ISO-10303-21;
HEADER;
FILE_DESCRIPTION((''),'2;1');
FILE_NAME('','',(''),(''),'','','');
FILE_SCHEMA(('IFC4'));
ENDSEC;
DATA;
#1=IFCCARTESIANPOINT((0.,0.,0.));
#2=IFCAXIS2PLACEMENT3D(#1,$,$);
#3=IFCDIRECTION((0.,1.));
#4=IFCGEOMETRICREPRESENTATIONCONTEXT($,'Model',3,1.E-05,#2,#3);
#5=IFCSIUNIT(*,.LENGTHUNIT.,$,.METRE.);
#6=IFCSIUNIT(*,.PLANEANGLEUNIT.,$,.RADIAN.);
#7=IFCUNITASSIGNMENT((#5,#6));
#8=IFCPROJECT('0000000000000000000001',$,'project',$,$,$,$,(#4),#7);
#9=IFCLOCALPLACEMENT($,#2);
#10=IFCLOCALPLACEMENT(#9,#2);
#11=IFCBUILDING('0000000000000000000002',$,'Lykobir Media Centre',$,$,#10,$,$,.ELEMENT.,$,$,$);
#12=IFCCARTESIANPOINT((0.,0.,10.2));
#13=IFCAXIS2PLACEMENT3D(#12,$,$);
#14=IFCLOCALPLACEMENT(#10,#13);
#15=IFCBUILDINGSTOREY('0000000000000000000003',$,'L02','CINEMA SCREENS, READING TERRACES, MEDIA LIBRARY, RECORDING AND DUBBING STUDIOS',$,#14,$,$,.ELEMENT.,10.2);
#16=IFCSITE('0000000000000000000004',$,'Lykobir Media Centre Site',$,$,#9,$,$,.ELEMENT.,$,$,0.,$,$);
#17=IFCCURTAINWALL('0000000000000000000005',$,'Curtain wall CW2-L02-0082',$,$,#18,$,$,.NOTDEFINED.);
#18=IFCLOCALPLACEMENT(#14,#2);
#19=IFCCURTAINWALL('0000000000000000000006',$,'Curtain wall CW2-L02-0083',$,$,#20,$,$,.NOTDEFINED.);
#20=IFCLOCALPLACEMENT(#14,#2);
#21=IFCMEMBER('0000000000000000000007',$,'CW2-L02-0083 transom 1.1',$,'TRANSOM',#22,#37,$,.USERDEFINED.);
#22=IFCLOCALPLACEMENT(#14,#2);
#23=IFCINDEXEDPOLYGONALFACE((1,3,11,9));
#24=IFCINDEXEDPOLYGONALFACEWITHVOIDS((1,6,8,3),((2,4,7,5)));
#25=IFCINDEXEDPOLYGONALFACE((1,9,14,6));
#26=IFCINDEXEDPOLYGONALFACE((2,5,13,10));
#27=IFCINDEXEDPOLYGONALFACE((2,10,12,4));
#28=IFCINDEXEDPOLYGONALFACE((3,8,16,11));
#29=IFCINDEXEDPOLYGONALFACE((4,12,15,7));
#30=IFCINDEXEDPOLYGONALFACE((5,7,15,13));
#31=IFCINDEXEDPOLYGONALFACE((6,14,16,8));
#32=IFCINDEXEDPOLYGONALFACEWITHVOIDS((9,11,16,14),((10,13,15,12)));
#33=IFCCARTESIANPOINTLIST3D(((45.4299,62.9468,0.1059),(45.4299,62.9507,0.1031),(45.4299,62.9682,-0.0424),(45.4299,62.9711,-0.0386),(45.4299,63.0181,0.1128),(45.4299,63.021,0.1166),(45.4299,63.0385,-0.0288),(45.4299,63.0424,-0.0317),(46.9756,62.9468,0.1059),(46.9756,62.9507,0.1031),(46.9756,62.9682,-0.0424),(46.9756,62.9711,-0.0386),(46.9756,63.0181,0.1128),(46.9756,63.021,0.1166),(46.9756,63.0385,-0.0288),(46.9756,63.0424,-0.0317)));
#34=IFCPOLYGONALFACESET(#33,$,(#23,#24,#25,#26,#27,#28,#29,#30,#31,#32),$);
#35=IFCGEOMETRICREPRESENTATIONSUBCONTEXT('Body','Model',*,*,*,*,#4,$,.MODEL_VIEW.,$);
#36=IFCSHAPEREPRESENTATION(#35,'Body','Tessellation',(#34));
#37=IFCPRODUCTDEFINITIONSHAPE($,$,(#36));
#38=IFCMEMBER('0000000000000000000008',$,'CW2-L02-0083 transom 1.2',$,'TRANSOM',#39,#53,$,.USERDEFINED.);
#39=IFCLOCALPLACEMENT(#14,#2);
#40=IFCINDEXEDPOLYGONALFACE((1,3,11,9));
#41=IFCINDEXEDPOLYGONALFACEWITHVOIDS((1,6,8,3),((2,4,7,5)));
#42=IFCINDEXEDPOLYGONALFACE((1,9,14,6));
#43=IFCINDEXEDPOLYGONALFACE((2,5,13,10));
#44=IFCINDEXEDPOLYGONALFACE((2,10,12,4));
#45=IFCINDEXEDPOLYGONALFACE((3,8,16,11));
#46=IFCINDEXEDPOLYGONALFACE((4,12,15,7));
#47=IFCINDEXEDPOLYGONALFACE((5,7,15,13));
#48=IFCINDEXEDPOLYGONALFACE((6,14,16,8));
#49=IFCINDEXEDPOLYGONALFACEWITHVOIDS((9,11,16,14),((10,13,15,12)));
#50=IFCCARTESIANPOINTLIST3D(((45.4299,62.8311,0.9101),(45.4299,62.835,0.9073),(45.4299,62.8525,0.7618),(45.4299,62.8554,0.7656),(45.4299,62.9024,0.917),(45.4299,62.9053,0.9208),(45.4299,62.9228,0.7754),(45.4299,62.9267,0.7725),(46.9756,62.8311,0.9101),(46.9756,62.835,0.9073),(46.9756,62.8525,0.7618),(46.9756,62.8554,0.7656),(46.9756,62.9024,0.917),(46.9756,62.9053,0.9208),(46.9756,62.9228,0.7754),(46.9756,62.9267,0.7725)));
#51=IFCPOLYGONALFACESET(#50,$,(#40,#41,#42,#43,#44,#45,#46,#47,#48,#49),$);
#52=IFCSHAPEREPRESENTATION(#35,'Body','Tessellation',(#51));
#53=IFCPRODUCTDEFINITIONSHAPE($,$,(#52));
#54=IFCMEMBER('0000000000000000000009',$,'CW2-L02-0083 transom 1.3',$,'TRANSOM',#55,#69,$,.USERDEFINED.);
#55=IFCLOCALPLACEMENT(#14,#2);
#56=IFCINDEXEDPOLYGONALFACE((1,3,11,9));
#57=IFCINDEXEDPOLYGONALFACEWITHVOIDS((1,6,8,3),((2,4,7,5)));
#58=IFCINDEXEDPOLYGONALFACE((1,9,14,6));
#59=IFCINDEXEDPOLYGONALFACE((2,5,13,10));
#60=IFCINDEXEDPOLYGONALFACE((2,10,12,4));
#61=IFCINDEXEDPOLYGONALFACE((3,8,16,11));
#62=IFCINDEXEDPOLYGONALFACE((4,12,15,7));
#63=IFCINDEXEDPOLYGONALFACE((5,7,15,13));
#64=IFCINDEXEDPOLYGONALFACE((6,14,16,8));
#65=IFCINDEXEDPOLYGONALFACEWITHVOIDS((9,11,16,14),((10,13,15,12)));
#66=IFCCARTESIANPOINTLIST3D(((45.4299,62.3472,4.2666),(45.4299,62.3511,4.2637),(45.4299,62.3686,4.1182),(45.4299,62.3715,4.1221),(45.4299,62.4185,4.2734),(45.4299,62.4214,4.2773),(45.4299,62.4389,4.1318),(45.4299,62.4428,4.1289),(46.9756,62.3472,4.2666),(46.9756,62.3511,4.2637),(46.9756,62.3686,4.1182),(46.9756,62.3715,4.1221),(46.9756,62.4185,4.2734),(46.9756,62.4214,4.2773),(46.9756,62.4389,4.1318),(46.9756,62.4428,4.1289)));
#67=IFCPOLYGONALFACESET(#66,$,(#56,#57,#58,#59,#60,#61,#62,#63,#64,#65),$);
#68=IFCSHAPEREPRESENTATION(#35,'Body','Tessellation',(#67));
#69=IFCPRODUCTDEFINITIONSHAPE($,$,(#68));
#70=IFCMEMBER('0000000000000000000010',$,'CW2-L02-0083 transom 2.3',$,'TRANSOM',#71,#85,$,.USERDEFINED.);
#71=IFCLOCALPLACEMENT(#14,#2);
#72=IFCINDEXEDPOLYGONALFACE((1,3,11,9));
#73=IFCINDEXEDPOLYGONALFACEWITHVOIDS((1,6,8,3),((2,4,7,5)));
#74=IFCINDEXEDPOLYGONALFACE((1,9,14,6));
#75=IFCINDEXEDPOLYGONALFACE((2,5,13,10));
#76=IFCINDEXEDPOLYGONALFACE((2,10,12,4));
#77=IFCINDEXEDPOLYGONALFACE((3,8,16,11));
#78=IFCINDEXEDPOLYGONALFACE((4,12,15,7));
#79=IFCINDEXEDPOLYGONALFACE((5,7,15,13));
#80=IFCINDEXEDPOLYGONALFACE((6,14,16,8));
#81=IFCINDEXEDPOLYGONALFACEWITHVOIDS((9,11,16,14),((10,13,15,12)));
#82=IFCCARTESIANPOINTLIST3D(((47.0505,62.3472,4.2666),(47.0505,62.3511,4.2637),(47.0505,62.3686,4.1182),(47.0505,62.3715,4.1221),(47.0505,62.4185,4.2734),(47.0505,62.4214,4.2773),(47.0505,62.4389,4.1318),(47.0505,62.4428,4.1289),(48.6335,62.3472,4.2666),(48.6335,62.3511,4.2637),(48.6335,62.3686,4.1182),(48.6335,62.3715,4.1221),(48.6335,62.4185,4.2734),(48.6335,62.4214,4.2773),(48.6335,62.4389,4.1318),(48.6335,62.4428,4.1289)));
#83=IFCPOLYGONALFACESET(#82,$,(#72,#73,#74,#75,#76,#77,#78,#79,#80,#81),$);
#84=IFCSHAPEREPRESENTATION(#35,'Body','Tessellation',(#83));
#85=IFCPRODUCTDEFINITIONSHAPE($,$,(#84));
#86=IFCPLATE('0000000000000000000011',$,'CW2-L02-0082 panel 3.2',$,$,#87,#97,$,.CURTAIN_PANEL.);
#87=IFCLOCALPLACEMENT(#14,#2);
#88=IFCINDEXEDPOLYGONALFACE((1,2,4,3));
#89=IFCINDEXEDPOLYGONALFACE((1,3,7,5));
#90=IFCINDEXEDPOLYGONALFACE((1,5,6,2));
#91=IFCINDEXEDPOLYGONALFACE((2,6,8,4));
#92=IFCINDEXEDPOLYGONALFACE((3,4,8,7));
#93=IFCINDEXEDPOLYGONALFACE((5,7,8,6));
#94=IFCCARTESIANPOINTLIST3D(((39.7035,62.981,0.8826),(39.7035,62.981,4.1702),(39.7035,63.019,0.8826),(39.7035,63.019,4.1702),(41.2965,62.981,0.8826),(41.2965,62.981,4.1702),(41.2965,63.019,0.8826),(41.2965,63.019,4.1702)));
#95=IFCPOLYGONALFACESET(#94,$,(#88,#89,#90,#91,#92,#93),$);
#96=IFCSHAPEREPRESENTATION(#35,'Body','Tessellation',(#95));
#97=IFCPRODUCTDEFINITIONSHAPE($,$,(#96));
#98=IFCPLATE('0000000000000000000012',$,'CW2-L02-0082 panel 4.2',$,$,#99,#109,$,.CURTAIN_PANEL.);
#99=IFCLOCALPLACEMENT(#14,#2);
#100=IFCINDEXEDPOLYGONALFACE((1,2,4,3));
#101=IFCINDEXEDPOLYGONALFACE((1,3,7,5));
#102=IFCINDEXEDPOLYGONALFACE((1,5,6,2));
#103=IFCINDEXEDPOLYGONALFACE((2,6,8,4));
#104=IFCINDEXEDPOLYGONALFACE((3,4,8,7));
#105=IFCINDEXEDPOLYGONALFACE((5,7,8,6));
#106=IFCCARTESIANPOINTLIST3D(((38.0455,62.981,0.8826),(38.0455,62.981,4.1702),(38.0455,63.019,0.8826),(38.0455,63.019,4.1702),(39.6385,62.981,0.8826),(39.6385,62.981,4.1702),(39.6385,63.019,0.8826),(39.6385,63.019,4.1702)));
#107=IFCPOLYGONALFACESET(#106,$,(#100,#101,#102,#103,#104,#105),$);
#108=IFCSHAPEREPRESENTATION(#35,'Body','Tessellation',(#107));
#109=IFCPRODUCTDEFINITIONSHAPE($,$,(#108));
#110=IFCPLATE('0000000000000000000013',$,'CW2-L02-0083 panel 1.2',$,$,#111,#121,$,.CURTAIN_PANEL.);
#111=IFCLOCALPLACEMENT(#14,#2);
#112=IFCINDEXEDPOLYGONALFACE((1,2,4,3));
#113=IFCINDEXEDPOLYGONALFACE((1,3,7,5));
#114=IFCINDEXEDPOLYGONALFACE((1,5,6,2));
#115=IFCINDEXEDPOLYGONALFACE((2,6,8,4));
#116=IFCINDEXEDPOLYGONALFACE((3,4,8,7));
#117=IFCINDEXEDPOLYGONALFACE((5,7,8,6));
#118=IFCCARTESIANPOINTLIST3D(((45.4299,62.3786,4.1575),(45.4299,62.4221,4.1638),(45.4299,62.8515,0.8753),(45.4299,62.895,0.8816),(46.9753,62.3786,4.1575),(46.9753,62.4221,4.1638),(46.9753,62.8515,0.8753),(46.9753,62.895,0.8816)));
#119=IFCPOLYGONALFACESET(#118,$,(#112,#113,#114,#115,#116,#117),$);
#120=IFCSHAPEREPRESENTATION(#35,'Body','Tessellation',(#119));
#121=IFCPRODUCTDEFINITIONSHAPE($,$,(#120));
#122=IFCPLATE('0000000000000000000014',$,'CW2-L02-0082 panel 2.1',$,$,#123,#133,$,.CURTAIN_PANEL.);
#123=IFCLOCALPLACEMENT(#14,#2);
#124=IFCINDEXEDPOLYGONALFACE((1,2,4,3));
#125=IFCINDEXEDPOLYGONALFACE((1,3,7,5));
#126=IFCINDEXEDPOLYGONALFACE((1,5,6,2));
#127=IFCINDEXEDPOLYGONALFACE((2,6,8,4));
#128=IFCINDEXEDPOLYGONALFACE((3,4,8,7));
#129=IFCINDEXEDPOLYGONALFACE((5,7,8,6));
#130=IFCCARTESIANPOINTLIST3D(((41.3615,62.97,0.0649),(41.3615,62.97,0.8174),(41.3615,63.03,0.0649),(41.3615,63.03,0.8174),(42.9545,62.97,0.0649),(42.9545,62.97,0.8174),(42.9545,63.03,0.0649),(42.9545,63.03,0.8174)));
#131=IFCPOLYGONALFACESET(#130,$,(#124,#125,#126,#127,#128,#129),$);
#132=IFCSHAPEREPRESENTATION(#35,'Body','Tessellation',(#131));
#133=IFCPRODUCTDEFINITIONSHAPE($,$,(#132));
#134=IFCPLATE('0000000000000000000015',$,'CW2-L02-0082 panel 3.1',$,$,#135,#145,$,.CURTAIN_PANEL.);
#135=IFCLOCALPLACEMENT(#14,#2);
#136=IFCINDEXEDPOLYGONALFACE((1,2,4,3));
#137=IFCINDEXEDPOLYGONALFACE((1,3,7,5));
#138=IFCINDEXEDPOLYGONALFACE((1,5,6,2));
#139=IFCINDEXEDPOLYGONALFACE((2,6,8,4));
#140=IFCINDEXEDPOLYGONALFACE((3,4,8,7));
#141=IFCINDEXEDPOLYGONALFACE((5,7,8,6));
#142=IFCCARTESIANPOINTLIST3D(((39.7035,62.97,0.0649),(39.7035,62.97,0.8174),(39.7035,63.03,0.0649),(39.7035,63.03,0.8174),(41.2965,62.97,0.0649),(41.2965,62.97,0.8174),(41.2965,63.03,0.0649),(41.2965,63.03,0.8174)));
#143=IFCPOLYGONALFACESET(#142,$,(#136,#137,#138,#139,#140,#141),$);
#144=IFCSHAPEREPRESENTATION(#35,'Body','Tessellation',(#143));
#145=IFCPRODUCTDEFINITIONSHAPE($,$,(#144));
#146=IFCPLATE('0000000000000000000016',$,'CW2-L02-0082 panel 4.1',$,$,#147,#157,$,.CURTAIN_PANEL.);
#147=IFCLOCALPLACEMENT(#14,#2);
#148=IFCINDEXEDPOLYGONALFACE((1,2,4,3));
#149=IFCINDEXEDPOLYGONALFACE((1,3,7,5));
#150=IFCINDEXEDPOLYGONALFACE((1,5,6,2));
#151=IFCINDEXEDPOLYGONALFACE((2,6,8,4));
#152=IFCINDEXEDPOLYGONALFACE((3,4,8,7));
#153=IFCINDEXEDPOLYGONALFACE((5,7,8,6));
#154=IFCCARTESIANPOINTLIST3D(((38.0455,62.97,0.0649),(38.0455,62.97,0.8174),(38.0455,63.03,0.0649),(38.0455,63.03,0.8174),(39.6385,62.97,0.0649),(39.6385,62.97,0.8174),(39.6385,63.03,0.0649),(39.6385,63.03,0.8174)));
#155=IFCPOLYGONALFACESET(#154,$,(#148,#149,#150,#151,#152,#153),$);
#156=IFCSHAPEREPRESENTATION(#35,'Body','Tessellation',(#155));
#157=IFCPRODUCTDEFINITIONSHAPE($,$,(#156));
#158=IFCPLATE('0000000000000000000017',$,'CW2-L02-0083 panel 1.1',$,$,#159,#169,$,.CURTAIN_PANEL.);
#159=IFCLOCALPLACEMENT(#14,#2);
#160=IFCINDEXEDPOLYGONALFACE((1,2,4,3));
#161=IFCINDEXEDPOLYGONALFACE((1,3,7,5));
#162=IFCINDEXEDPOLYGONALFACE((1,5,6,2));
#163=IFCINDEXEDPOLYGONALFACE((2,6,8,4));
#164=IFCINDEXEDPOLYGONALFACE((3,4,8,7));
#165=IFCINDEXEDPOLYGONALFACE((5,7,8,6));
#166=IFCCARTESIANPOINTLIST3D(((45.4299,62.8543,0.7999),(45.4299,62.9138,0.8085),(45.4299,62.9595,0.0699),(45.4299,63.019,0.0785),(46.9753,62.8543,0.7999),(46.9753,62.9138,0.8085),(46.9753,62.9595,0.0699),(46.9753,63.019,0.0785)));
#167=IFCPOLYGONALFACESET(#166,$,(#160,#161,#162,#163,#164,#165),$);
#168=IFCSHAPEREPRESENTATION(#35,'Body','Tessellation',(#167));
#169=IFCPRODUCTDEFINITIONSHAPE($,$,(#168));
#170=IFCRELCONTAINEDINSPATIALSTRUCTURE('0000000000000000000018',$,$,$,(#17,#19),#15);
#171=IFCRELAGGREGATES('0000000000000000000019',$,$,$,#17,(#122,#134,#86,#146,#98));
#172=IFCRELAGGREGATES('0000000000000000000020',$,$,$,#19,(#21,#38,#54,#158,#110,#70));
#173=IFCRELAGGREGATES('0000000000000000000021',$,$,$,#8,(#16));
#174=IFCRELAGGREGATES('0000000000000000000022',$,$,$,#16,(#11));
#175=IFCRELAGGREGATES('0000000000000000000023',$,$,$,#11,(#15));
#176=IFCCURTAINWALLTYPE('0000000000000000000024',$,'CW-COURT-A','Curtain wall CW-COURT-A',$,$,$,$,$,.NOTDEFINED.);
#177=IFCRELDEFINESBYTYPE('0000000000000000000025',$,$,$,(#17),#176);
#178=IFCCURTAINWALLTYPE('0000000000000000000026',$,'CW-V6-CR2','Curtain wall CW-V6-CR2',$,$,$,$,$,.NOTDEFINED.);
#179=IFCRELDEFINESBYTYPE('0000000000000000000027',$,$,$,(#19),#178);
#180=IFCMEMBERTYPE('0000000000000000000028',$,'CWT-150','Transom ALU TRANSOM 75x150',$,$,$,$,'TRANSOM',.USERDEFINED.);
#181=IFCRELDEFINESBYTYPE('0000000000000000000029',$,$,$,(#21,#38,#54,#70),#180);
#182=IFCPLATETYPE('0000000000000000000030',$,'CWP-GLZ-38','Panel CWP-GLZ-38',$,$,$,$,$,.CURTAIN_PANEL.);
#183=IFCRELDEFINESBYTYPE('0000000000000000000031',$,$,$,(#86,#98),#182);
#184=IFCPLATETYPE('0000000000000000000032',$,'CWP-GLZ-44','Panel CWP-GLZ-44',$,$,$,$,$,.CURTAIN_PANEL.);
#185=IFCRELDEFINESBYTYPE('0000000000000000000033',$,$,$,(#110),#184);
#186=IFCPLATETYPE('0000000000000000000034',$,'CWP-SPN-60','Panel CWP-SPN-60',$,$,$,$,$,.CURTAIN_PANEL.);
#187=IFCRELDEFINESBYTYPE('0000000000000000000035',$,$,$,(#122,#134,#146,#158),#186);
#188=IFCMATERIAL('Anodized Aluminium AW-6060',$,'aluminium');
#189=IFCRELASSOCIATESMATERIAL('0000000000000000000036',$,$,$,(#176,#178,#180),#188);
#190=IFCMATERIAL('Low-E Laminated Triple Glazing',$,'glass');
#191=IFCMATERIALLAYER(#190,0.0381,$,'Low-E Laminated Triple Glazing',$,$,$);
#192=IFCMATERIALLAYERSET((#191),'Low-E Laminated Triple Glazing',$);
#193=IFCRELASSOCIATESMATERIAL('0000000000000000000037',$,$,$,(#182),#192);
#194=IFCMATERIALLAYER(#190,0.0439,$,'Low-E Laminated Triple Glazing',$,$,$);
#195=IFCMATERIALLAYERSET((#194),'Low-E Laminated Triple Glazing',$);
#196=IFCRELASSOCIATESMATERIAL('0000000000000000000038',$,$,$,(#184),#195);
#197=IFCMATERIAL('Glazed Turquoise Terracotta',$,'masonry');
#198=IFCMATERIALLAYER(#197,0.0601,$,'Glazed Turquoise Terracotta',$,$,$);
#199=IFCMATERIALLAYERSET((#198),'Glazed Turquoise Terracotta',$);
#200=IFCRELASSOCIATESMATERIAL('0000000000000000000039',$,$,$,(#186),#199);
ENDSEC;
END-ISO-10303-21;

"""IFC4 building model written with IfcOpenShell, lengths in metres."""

from ifc_helpers import new_model, si_unit, direction, frame, origin, origin_2d, place, context, subcontext, project, spatial, rectangle, hollow_rectangle, extrude, material, layer, layer_set, material_profile, profile_set, type_object, element, aggregate, save


model = new_model("IFC4")

# Units and contexts
model_context = context("Model", 3, precision=1e-05, world=origin(), true_north=direction((0.0, 1.0)))
body_context = subcontext(model_context, "Body", "Model", "MODEL_VIEW")
ifc_project = project(units=[si_unit("LENGTHUNIT", "METRE"), si_unit("PLANEANGLEUNIT", "RADIAN")], contexts=[model_context])

# Site, building, storey
site_placement = place(None, origin())
site = spatial("IfcSite", under=ifc_project, at=site_placement, Name="Lykobir Media Centre Site", CompositionType="ELEMENT", RefElevation=0.0)
building_placement = place(site_placement, origin())
building = spatial("IfcBuilding", under=site, at=building_placement, Name="Lykobir Media Centre", CompositionType="ELEMENT")
storey_placement = place(building_placement, frame((0.0, 0.0, 10.2)))
storey = spatial("IfcBuildingStorey", under=building, at=storey_placement, Name="L02", Description="CINEMA SCREENS, READING TERRACES, MEDIA LIBRARY, RECORDING AND DUBBING STUDIOS", CompositionType="ELEMENT", Elevation=10.2)

# Curtain walls, members
ifc_material_1 = material(Name="Anodized Aluminium AW-6060", Category="aluminium")
curtain_wall_type_1 = type_object("IfcCurtainWallType", Name="CW-COURT-A", Description="Curtain wall CW-COURT-A", PredefinedType="NOTDEFINED", material=ifc_material_1)
curtain_wall_1_placement = place(storey_placement, origin())
curtain_wall_1 = element("IfcCurtainWall", 1, at=curtain_wall_1_placement, inside=storey, type_object=curtain_wall_type_1, Name="Curtain wall CW2-L02-0082", PredefinedType="NOTDEFINED")
curtain_wall_type_2 = type_object("IfcCurtainWallType", Name="CW-V6-CR2", Description="Curtain wall CW-V6-CR2", PredefinedType="NOTDEFINED", material=ifc_material_1)
curtain_wall_2_placement = place(storey_placement, origin())
curtain_wall_2 = element("IfcCurtainWall", 2, at=curtain_wall_2_placement, inside=storey, type_object=curtain_wall_type_2, Name="Curtain wall CW2-L02-0083", PredefinedType="NOTDEFINED")
ifc_material_profile_1 = material_profile(ifc_material_1, hollow_rectangle(XDim=0.075, YDim=0.1499, WallThickness=0.0034, at=origin_2d()), Name="ALU TRANSOM 75x150")
ifc_profile_set_1 = profile_set([ifc_material_profile_1], Name="Anodized Aluminium AW-6060")
member_type_1 = type_object("IfcMemberType", Name="CWT-150", Description="Transom ALU TRANSOM 75x150", ElementType="TRANSOM", PredefinedType="USERDEFINED", material=ifc_profile_set_1)
member_1_placement = place(storey_placement, frame((45.4299, 62.9946, 0.0371), z_axis=(1.0, 0.0, 0.0), x_axis=(0.0, 0.989776, 0.142629)))
member_1 = element("IfcMember", 3, at=member_1_placement, type_object=member_type_1, Name="CW2-L02-0083 transom 1.1", ObjectType="TRANSOM", PredefinedType="USERDEFINED", context=body_context, shape_type="SweptSolid", body=[
    extrude(hollow_rectangle(XDim=0.075, YDim=0.1499, WallThickness=0.0034, at=origin_2d()), origin(), (0.0, 0.0, 1.0), 1.5457),
])
member_2_placement = place(storey_placement, frame((45.4299, 62.8789, 0.8413), z_axis=(1.0, 0.0, 0.0), x_axis=(0.0, 0.989776, 0.142629)))
member_2 = element("IfcMember", 4, at=member_2_placement, type_object=member_type_1, Name="CW2-L02-0083 transom 1.2", ObjectType="TRANSOM", PredefinedType="USERDEFINED", context=body_context, shape_type="SweptSolid", body=[
    extrude(hollow_rectangle(XDim=0.075, YDim=0.1499, WallThickness=0.0034, at=origin_2d()), origin(), (0.0, 0.0, 1.0), 1.5457),
])
member_3_placement = place(storey_placement, frame((45.4299, 62.395, 4.1978), z_axis=(1.0, 0.0, 0.0), x_axis=(0.0, 0.989776, 0.142629)))
member_3 = element("IfcMember", 5, at=member_3_placement, type_object=member_type_1, Name="CW2-L02-0083 transom 1.3", ObjectType="TRANSOM", PredefinedType="USERDEFINED", context=body_context, shape_type="SweptSolid", body=[
    extrude(hollow_rectangle(XDim=0.075, YDim=0.1499, WallThickness=0.0034, at=origin_2d()), origin(), (0.0, 0.0, 1.0), 1.5457),
])
member_4_placement = place(storey_placement, frame((47.0505, 62.395, 4.1978), z_axis=(1.0, 0.0, 0.0), x_axis=(0.0, 0.989776, 0.142629)))
member_4 = element("IfcMember", 6, at=member_4_placement, type_object=member_type_1, Name="CW2-L02-0083 transom 2.3", ObjectType="TRANSOM", PredefinedType="USERDEFINED", context=body_context, shape_type="SweptSolid", body=[
    extrude(hollow_rectangle(XDim=0.075, YDim=0.1499, WallThickness=0.0034, at=origin_2d()), origin(), (0.0, 0.0, 1.0), 1.583),
])

# Plates
ifc_material_2 = material(Name="Low-E Laminated Triple Glazing", Category="glass")
ifc_layer_1 = layer(ifc_material_2, 0.0381, Name="Low-E Laminated Triple Glazing")
ifc_layer_set_1 = layer_set([ifc_layer_1], Name="Low-E Laminated Triple Glazing")
plate_type_1 = type_object("IfcPlateType", Name="CWP-GLZ-38", Description="Panel CWP-GLZ-38", PredefinedType="CURTAIN_PANEL", material=ifc_layer_set_1)
plate_1_placement = place(storey_placement, frame((40.5, 63.0, 0.8826), z_axis=(0.0, 0.0, 1.0), x_axis=(-1.0, 0.0, 0.0)))
plate_1 = element("IfcPlate", 7, at=plate_1_placement, type_object=plate_type_1, Name="CW2-L02-0082 panel 3.2", PredefinedType="CURTAIN_PANEL", context=body_context, shape_type="SweptSolid", body=[
    extrude(rectangle(XDim=1.593, YDim=0.0381, at=origin_2d()), origin(), (0.0, 0.0, 1.0), 3.2876),
])
plate_2_placement = place(storey_placement, frame((38.842, 63.0, 0.8826), z_axis=(0.0, 0.0, 1.0), x_axis=(-1.0, 0.0, 0.0)))
plate_2 = element("IfcPlate", 8, at=plate_2_placement, type_object=plate_type_1, Name="CW2-L02-0082 panel 4.2", PredefinedType="CURTAIN_PANEL", context=body_context, shape_type="SweptSolid", body=[
    extrude(rectangle(XDim=1.593, YDim=0.0381, at=origin_2d()), origin(), (0.0, 0.0, 1.0), 3.2876),
])
ifc_layer_2 = layer(ifc_material_2, 0.0439, Name="Low-E Laminated Triple Glazing")
ifc_layer_set_2 = layer_set([ifc_layer_2], Name="Low-E Laminated Triple Glazing")
plate_type_2 = type_object("IfcPlateType", Name="CWP-GLZ-44", Description="Panel CWP-GLZ-44", PredefinedType="CURTAIN_PANEL", material=ifc_layer_set_2)
plate_3_placement = place(storey_placement, frame((46.2026, 62.8733, 0.8784), z_axis=(0.0, -0.142629, 0.989776), x_axis=(1.0, 0.0, 0.0)))
plate_3 = element("IfcPlate", 9, at=plate_3_placement, type_object=plate_type_2, Name="CW2-L02-0083 panel 1.2", PredefinedType="CURTAIN_PANEL", context=body_context, shape_type="SweptSolid", body=[
    extrude(rectangle(XDim=1.5454, YDim=0.0439, at=origin_2d()), origin(), (0.0, 0.0, 1.0), 3.3162),
])
ifc_material_3 = material(Name="Glazed Turquoise Terracotta", Category="masonry")
ifc_layer_3 = layer(ifc_material_3, 0.0601, Name="Glazed Turquoise Terracotta")
ifc_layer_set_3 = layer_set([ifc_layer_3], Name="Glazed Turquoise Terracotta")
plate_type_3 = type_object("IfcPlateType", Name="CWP-SPN-60", Description="Panel CWP-SPN-60", PredefinedType="CURTAIN_PANEL", material=ifc_layer_set_3)
plate_4_placement = place(storey_placement, frame((42.158, 63.0, 0.0649), z_axis=(0.0, 0.0, 1.0), x_axis=(-1.0, 0.0, 0.0)))
plate_4 = element("IfcPlate", 10, at=plate_4_placement, type_object=plate_type_3, Name="CW2-L02-0082 panel 2.1", PredefinedType="CURTAIN_PANEL", context=body_context, shape_type="SweptSolid", body=[
    extrude(rectangle(XDim=1.593, YDim=0.0601, at=origin_2d()), origin(), (0.0, 0.0, 1.0), 0.7524),
])
plate_5_placement = place(storey_placement, frame((40.5, 63.0, 0.0649), z_axis=(0.0, 0.0, 1.0), x_axis=(-1.0, 0.0, 0.0)))
plate_5 = element("IfcPlate", 11, at=plate_5_placement, type_object=plate_type_3, Name="CW2-L02-0082 panel 3.1", PredefinedType="CURTAIN_PANEL", context=body_context, shape_type="SweptSolid", body=[
    extrude(rectangle(XDim=1.593, YDim=0.0601, at=origin_2d()), origin(), (0.0, 0.0, 1.0), 0.7524),
])
plate_6_placement = place(storey_placement, frame((38.842, 63.0, 0.0649), z_axis=(0.0, 0.0, 1.0), x_axis=(-1.0, 0.0, 0.0)))
plate_6 = element("IfcPlate", 12, at=plate_6_placement, type_object=plate_type_3, Name="CW2-L02-0082 panel 4.1", PredefinedType="CURTAIN_PANEL", context=body_context, shape_type="SweptSolid", body=[
    extrude(rectangle(XDim=1.593, YDim=0.0601, at=origin_2d()), origin(), (0.0, 0.0, 1.0), 0.7524),
])
aggregate(curtain_wall_1, [plate_4, plate_5, plate_1, plate_6, plate_2])
plate_7_placement = place(storey_placement, frame((46.2026, 62.9893, 0.0742), z_axis=(0.0, -0.142629, 0.989776), x_axis=(1.0, 0.0, 0.0)))
plate_7 = element("IfcPlate", 13, at=plate_7_placement, type_object=plate_type_3, Name="CW2-L02-0083 panel 1.1", PredefinedType="CURTAIN_PANEL", context=body_context, shape_type="SweptSolid", body=[
    extrude(rectangle(XDim=1.5454, YDim=0.0601, at=origin_2d()), origin(), (0.0, 0.0, 1.0), 0.7375),
])
aggregate(curtain_wall_2, [member_1, member_2, member_3, plate_7, plate_3, member_4])

save(model, "model.ifc")
